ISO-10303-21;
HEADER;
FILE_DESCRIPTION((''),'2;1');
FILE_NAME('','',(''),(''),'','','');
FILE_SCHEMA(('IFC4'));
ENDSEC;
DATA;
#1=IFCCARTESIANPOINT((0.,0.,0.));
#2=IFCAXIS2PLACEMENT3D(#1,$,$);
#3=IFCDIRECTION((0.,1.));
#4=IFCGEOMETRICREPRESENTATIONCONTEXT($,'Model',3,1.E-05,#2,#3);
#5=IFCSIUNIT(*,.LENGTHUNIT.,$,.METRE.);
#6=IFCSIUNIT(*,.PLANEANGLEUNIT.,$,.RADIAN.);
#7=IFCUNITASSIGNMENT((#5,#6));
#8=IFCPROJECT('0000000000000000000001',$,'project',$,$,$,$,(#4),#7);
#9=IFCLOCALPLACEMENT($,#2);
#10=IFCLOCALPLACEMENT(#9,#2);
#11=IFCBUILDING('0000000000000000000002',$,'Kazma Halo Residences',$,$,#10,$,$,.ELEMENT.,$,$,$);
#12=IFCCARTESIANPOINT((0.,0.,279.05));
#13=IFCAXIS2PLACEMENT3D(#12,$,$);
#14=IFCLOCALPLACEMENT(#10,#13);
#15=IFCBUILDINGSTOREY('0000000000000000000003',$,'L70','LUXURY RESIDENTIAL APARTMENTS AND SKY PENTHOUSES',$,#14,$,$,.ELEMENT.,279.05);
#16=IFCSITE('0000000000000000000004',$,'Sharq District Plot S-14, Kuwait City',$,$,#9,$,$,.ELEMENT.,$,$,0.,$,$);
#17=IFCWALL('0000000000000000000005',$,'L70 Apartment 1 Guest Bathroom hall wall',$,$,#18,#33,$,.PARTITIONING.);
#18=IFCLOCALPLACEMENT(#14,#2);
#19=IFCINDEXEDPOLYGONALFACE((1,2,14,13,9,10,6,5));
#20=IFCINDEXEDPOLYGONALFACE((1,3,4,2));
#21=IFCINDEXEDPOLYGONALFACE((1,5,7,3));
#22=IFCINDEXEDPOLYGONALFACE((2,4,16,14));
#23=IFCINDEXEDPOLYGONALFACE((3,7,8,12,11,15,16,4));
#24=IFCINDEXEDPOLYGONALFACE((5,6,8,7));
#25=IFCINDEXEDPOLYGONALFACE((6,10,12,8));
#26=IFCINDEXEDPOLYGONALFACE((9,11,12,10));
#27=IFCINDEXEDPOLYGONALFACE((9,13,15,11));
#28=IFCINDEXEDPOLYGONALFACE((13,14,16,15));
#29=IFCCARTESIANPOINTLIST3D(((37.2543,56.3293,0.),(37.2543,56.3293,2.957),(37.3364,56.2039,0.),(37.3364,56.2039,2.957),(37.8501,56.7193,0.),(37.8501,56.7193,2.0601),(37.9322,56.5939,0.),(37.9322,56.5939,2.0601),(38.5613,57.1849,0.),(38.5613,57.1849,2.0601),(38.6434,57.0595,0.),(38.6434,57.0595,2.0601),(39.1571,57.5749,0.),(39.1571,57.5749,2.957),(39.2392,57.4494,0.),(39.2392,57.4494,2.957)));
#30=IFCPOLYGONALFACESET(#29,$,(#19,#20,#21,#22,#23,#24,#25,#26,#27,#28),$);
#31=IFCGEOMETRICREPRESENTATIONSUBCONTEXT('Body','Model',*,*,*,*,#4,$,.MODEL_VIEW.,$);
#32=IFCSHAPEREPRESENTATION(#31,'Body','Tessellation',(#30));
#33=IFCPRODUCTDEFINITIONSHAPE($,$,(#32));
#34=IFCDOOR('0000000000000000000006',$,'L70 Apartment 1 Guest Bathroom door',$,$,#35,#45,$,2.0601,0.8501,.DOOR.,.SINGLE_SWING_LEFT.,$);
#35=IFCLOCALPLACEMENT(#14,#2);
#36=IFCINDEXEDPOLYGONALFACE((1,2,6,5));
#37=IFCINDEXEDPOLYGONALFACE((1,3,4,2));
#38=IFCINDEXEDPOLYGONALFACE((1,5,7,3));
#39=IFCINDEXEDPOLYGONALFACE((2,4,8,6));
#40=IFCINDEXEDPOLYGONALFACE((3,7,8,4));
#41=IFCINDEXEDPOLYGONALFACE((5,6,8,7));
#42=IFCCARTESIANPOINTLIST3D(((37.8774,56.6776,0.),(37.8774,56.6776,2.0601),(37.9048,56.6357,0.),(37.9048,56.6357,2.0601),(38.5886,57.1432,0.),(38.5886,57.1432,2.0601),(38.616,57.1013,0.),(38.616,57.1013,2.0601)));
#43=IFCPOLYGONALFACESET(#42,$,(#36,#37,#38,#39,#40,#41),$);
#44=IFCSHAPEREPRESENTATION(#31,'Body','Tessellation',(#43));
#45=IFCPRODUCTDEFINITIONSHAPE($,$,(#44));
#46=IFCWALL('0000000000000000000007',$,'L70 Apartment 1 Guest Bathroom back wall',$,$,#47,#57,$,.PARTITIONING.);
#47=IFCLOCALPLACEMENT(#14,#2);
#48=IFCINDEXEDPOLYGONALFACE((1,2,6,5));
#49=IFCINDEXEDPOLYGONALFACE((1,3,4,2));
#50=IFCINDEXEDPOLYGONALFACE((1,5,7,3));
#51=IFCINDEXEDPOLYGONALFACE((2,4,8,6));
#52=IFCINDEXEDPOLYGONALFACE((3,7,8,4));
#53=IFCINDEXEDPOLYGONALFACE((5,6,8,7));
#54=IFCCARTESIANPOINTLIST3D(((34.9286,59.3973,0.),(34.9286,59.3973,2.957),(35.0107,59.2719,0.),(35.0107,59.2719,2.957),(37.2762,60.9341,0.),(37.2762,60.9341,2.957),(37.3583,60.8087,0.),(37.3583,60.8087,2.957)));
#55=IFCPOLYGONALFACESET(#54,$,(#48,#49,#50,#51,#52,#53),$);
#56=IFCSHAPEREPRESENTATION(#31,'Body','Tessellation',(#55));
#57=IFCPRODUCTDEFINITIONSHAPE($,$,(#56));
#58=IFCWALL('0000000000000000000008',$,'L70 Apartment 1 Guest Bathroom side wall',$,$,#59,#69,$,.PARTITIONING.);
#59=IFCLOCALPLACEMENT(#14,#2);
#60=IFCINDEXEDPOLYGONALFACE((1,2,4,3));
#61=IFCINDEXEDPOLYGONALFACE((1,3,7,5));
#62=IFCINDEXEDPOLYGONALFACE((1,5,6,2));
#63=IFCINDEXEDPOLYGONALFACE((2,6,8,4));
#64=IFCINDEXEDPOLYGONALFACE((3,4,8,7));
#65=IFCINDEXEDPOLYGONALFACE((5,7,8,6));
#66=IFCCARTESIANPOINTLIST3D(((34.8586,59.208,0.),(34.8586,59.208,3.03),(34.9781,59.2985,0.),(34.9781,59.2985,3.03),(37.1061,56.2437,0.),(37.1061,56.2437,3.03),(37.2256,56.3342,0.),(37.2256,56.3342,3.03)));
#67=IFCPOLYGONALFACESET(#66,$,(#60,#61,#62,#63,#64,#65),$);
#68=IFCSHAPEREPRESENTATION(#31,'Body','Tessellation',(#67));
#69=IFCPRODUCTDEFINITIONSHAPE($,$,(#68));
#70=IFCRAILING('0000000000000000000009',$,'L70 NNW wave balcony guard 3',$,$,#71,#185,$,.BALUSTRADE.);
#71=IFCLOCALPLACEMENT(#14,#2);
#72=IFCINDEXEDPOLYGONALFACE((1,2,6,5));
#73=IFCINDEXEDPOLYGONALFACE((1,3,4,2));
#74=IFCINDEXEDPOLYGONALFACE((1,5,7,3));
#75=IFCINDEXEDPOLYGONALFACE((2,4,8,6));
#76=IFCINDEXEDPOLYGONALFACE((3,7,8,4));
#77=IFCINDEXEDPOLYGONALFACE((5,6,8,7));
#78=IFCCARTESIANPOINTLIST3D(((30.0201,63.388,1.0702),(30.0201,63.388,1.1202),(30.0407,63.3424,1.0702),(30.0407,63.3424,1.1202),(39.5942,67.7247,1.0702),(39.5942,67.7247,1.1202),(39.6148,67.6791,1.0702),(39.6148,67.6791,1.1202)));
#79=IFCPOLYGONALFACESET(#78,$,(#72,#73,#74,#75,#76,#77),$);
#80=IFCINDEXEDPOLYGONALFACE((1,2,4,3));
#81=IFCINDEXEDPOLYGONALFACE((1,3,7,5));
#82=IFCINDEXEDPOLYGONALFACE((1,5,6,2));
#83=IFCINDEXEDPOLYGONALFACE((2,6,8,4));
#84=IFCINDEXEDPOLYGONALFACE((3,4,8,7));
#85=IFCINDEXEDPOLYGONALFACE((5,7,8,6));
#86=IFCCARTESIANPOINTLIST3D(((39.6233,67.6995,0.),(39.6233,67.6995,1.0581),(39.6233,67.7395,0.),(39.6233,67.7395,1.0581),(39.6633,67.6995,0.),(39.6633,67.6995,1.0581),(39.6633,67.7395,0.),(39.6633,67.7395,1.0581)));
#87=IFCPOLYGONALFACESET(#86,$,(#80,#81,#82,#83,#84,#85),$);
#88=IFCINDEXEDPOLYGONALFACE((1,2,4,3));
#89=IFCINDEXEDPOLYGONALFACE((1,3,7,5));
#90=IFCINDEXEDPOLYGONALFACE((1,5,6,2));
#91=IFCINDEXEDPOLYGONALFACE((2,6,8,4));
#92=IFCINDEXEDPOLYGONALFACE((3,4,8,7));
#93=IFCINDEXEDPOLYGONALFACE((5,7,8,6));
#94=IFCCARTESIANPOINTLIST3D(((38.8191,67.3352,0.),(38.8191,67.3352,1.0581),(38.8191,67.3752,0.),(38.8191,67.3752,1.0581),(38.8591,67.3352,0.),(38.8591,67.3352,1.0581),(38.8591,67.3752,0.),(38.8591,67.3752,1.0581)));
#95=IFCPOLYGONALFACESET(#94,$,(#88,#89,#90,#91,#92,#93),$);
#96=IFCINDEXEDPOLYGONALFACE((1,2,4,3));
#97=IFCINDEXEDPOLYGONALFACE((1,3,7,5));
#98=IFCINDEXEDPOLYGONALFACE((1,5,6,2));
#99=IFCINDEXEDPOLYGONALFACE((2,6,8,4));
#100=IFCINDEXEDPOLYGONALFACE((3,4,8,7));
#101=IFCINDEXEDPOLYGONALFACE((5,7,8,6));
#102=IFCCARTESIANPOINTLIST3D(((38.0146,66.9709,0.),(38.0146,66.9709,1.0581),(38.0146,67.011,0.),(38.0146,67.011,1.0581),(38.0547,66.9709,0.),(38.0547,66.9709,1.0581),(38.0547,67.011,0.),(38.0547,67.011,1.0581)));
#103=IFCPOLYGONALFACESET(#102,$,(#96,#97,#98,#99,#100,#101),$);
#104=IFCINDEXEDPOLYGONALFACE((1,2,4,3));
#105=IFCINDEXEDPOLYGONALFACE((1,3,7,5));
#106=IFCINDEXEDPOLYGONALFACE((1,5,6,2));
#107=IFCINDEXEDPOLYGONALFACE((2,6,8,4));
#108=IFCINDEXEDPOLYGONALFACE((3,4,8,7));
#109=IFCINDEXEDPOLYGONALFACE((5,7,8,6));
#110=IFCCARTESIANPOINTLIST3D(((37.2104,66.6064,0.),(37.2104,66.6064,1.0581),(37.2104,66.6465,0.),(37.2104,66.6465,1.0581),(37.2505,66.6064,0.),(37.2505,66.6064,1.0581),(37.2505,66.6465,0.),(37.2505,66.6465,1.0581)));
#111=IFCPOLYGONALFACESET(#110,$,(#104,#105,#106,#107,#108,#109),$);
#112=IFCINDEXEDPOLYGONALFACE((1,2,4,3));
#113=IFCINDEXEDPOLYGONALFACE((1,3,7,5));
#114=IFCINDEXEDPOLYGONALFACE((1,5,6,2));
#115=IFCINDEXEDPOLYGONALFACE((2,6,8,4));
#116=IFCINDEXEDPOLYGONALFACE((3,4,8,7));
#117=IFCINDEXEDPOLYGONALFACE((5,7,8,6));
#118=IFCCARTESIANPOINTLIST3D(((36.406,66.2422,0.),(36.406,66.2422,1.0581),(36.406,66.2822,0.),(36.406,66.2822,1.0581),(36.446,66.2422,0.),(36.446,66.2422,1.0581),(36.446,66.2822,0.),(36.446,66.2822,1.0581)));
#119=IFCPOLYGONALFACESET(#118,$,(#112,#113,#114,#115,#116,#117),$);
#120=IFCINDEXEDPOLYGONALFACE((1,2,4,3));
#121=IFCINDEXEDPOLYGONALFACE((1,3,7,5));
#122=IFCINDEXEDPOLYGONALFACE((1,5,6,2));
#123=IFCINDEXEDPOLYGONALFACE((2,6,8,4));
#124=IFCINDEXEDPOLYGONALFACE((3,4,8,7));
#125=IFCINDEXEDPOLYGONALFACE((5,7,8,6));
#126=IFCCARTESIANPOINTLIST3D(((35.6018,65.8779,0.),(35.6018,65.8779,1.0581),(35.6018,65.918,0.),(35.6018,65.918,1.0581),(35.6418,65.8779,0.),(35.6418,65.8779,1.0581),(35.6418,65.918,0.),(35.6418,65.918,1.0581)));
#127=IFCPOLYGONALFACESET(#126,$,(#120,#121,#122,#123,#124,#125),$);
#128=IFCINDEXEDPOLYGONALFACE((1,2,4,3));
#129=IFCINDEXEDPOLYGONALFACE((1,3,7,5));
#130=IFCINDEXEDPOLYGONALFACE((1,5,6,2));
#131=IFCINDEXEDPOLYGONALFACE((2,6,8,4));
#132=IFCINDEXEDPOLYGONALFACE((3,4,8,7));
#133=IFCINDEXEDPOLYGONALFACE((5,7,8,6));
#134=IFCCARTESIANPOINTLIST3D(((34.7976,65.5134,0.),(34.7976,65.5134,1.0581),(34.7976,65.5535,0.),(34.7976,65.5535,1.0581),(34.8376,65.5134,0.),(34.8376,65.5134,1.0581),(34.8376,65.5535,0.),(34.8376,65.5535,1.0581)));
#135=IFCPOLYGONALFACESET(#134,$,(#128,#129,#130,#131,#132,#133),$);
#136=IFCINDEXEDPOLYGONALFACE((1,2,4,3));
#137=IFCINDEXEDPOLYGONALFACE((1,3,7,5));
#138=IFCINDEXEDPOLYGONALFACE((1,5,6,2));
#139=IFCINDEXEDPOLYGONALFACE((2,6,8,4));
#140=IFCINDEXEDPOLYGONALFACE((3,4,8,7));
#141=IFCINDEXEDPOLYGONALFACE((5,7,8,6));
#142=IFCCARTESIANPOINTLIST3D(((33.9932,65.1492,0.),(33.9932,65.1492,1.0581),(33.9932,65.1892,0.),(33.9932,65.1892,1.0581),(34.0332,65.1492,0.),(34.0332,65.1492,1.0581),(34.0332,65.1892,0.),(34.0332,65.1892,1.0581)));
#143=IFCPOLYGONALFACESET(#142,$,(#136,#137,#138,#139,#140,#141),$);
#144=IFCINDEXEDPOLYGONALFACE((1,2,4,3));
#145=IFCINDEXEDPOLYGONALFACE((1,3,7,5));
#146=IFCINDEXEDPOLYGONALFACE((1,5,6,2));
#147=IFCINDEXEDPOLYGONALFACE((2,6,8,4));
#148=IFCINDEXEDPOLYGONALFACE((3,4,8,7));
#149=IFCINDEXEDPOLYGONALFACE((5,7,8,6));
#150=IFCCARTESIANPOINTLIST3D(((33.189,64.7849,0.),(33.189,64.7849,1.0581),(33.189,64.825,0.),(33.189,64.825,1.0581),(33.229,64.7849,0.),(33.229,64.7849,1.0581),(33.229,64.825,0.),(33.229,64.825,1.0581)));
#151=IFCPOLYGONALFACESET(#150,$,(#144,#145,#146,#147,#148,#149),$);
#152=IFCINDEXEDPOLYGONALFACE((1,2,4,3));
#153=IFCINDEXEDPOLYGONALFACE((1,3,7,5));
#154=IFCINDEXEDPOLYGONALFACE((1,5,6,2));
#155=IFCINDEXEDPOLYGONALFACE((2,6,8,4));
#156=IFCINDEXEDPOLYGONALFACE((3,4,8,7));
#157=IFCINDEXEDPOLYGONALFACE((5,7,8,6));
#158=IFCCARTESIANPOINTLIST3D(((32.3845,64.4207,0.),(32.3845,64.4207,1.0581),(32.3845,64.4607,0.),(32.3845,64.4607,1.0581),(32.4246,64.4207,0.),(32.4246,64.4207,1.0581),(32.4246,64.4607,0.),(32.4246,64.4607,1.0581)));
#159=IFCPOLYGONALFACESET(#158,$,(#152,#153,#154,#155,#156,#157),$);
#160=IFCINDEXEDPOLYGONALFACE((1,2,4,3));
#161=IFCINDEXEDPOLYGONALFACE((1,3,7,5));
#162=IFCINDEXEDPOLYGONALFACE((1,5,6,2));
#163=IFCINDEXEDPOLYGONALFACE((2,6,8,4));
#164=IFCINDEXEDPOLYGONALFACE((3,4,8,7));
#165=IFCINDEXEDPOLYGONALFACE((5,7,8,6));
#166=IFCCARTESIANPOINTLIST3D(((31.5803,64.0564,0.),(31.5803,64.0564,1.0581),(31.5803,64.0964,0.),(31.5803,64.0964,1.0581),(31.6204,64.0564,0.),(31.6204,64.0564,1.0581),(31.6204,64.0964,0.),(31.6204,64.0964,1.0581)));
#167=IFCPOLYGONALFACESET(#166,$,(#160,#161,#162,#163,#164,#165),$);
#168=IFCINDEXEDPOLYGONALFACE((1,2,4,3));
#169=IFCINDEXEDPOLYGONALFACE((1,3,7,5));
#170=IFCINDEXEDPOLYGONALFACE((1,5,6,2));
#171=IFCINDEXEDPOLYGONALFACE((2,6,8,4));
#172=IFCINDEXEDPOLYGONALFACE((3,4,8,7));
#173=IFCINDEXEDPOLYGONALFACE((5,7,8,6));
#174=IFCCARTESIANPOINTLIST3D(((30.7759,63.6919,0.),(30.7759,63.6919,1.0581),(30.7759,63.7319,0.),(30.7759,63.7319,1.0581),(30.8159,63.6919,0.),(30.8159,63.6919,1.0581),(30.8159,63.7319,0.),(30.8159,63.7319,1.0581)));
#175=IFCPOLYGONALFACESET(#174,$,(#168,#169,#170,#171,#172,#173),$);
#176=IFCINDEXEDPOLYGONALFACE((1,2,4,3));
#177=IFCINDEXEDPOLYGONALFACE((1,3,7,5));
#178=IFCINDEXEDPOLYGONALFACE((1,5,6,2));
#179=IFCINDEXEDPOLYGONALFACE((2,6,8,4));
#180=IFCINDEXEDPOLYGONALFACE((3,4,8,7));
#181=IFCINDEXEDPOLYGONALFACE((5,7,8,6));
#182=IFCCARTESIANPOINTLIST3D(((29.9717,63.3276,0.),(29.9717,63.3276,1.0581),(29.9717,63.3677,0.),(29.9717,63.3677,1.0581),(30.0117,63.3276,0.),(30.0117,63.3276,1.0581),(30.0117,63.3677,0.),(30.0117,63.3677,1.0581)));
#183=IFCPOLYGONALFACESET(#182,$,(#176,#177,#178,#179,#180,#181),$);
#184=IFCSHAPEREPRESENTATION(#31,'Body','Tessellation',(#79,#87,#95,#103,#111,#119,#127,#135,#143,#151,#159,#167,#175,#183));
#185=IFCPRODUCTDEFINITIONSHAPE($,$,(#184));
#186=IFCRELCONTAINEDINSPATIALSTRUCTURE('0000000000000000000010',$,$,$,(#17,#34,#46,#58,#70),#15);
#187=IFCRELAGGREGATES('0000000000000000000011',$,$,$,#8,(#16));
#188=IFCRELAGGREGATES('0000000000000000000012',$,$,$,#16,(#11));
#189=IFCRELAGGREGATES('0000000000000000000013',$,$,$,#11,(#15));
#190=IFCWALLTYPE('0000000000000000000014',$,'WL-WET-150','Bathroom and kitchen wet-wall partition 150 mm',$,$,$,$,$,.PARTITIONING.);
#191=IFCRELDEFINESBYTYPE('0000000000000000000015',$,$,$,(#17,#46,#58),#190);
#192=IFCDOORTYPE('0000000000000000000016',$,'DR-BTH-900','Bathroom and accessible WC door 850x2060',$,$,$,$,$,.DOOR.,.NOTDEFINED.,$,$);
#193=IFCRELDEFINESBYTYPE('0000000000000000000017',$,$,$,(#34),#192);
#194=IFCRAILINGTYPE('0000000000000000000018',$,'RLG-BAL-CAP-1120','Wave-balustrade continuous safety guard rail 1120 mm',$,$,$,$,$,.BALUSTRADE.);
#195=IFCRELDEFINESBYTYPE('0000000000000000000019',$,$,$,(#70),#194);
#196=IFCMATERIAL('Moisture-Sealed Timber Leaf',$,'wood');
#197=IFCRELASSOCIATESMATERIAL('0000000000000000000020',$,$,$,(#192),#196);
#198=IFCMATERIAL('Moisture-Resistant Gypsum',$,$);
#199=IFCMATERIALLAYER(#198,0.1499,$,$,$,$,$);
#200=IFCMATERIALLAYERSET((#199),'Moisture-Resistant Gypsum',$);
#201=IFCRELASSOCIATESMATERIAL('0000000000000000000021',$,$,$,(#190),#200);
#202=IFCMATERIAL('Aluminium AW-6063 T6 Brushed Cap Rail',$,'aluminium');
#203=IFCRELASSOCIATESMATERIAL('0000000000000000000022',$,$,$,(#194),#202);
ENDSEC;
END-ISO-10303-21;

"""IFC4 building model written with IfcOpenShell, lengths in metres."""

from ifc_helpers import new_model, si_unit, direction, frame, frame_2d, origin, origin_2d, place, context, subcontext, project, spatial, rectangle, extrude, material, layer, layer_set, type_object, element, fill, save


model = new_model("IFC4")

# Units and contexts
model_context = context("Model", 3, precision=1e-05, world=origin(), true_north=direction((0.0, 1.0)))
body_context = subcontext(model_context, "Body", "Model", "MODEL_VIEW")
ifc_project = project(units=[si_unit("LENGTHUNIT", "METRE"), si_unit("PLANEANGLEUNIT", "RADIAN")], contexts=[model_context])

# Site, building, storey
site_placement = place(None, origin())
site = spatial("IfcSite", under=ifc_project, at=site_placement, Name="Sharq District Plot S-14, Kuwait City", CompositionType="ELEMENT", RefElevation=0.0)
building_placement = place(site_placement, origin())
building = spatial("IfcBuilding", under=site, at=building_placement, Name="Kazma Halo Residences", CompositionType="ELEMENT")
storey_placement = place(building_placement, frame((0.0, 0.0, 279.05)))
storey = spatial("IfcBuildingStorey", under=building, at=storey_placement, Name="L70", Description="LUXURY RESIDENTIAL APARTMENTS AND SKY PENTHOUSES", CompositionType="ELEMENT", Elevation=279.05)

# Wall, opening, door
ifc_material_1 = material(Name="Moisture-Sealed Timber Leaf", Category="wood")
door_type_1 = type_object("IfcDoorType", Name="DR-BTH-900", Description="Bathroom and accessible WC door 850x2060", OperationType="NOTDEFINED", PredefinedType="DOOR", material=ifc_material_1)
ifc_material_2 = material(Name="Moisture-Resistant Gypsum")
ifc_layer_1 = layer(ifc_material_2, 0.1499)
ifc_layer_set_1 = layer_set([ifc_layer_1], Name="Moisture-Resistant Gypsum")
wall_type_1 = type_object("IfcWallType", Name="WL-WET-150", Description="Bathroom and kitchen wet-wall partition 150 mm", PredefinedType="PARTITIONING", material=ifc_layer_set_1)
wall_1_placement = place(storey_placement, frame((39.1982, 57.5122, 0.0), z_axis=(0.0, 0.0, 1.0), x_axis=(-0.836678, -0.547695, 0.0)))
wall_1 = element("IfcWall", 1, at=wall_1_placement, inside=storey, type_object=wall_type_1, Name="L70 Apartment 1 Guest Bathroom hall wall", PredefinedType="PARTITIONING", context=body_context, shape_type="SweptSolid", body=[
    extrude(rectangle(XDim=2.2742, YDim=0.1499, at=frame_2d((1.1372, 0.0))), origin(), (0.0, 0.0, 1.0), 2.957),
])
opening_1_placement = place(wall_1_placement, frame((0.7122, 0.0, 0.0)))
opening_1 = element("IfcOpeningElement", 2, at=opening_1_placement, cuts=wall_1, PredefinedType="OPENING", context=body_context, shape_type="SweptSolid", body=[
    extrude(rectangle(XDim=0.8501, YDim=2.0601, at=frame_2d((0.425, 1.03))), frame((0.0, 0.085, 0.0), z_axis=(0.0, -1.0, 0.0), x_axis=(1.0, 0.0, 0.0)), (0.0, 0.0, 1.0), 0.1699),
])
door_1_placement = place(opening_1_placement, origin())
door_1 = element("IfcDoor", 3, at=door_1_placement, inside=storey, type_object=door_type_1, Name="L70 Apartment 1 Guest Bathroom door", OperationType="SINGLE_SWING_LEFT", OverallHeight=2.0601, OverallWidth=0.8501, PredefinedType="DOOR", context=body_context, shape_type="SweptSolid", body=[
    extrude(rectangle(XDim=0.8501, YDim=2.0601, at=frame_2d((0.425, 1.03))), frame((0.0, 0.0249, 0.0), z_axis=(0.0, -1.0, 0.0), x_axis=(1.0, 0.0, 0.0)), (0.0, 0.0, 1.0), 0.05),
])
fill(opening_1, door_1)

# Walls
wall_2_placement = place(storey_placement, frame((37.3171, 60.8713, 0.0), z_axis=(0.0, 0.0, 1.0), x_axis=(-0.836666, -0.547713, 0.0)))
element("IfcWall", 4, at=wall_2_placement, inside=storey, type_object=wall_type_1, Name="L70 Apartment 1 Guest Bathroom back wall", PredefinedType="PARTITIONING", context=body_context, shape_type="SweptSolid", body=[
    extrude(rectangle(XDim=2.8059, YDim=0.1499, at=frame_2d((1.4028, 0.0))), origin(), (0.0, 0.0, 1.0), 2.957),
])
wall_3_placement = place(storey_placement, frame((37.1658, 56.2891, 0.0), z_axis=(0.0, 0.0, 1.0), x_axis=(-0.604171, 0.796855, 0.0)))
element("IfcWall", 5, at=wall_3_placement, inside=storey, type_object=wall_type_1, Name="L70 Apartment 1 Guest Bathroom side wall", PredefinedType="PARTITIONING", context=body_context, shape_type="SweptSolid", body=[
    extrude(rectangle(XDim=3.72, YDim=0.1499, at=frame_2d((1.8599, 0.0))), origin(), (0.0, 0.0, 1.0), 3.03),
])

# Railing
ifc_material_3 = material(Name="Aluminium AW-6063 T6 Brushed Cap Rail", Category="aluminium")
railing_type = type_object("IfcRailingType", Name="RLG-BAL-CAP-1120", Description="Wave-balustrade continuous safety guard rail 1120 mm", PredefinedType="BALUSTRADE", material=ifc_material_3)
railing_placement = place(storey_placement, frame((39.6433, 67.7195, 0.0)))
element("IfcRailing", 6, at=railing_placement, inside=storey, type_object=railing_type, Name="L70 NNW wave balcony guard 3", PredefinedType="BALUSTRADE", context=body_context, shape_type="SweptSolid", body=[
    extrude(rectangle(XDim=0.05, YDim=0.05, at=origin_2d()), frame((-0.0388, -0.0176, 1.0952), z_axis=(-0.910909, -0.412608, 0.0), x_axis=(0.412608, -0.910909, 0.0)), (0.0, 0.0, 1.0), 10.5105),
    extrude(rectangle(XDim=0.04, YDim=0.04, at=origin_2d()), origin(), (0.0, 0.0, 1.0), 1.0581),
    extrude(rectangle(XDim=0.04, YDim=0.04, at=origin_2d()), frame((-0.8042, -0.3643, 0.0)), (0.0, 0.0, 1.0), 1.0581),
    extrude(rectangle(XDim=0.04, YDim=0.04, at=origin_2d()), frame((-1.6086, -0.7285, 0.0)), (0.0, 0.0, 1.0), 1.0581),
    extrude(rectangle(XDim=0.04, YDim=0.04, at=origin_2d()), frame((-2.4128, -1.093, 0.0)), (0.0, 0.0, 1.0), 1.0581),
    extrude(rectangle(XDim=0.04, YDim=0.04, at=origin_2d()), frame((-3.2173, -1.4573, 0.0)), (0.0, 0.0, 1.0), 1.0581),
    extrude(rectangle(XDim=0.04, YDim=0.04, at=origin_2d()), frame((-4.0215, -1.8215, 0.0)), (0.0, 0.0, 1.0), 1.0581),
    extrude(rectangle(XDim=0.04, YDim=0.04, at=origin_2d()), frame((-4.8257, -2.186, 0.0)), (0.0, 0.0, 1.0), 1.0581),
    extrude(rectangle(XDim=0.04, YDim=0.04, at=origin_2d()), frame((-5.6301, -2.5503, 0.0)), (0.0, 0.0, 1.0), 1.0581),
    extrude(rectangle(XDim=0.04, YDim=0.04, at=origin_2d()), frame((-6.4343, -2.9146, 0.0)), (0.0, 0.0, 1.0), 1.0581),
    extrude(rectangle(XDim=0.04, YDim=0.04, at=origin_2d()), frame((-7.2388, -3.2788, 0.0)), (0.0, 0.0, 1.0), 1.0581),
    extrude(rectangle(XDim=0.04, YDim=0.04, at=origin_2d()), frame((-8.043, -3.6431, 0.0)), (0.0, 0.0, 1.0), 1.0581),
    extrude(rectangle(XDim=0.04, YDim=0.04, at=origin_2d()), frame((-8.8474, -4.0076, 0.0)), (0.0, 0.0, 1.0), 1.0581),
    extrude(rectangle(XDim=0.04, YDim=0.04, at=origin_2d()), frame((-9.6516, -4.3718, 0.0)), (0.0, 0.0, 1.0), 1.0581),
])

save(model, "model.ifc")
